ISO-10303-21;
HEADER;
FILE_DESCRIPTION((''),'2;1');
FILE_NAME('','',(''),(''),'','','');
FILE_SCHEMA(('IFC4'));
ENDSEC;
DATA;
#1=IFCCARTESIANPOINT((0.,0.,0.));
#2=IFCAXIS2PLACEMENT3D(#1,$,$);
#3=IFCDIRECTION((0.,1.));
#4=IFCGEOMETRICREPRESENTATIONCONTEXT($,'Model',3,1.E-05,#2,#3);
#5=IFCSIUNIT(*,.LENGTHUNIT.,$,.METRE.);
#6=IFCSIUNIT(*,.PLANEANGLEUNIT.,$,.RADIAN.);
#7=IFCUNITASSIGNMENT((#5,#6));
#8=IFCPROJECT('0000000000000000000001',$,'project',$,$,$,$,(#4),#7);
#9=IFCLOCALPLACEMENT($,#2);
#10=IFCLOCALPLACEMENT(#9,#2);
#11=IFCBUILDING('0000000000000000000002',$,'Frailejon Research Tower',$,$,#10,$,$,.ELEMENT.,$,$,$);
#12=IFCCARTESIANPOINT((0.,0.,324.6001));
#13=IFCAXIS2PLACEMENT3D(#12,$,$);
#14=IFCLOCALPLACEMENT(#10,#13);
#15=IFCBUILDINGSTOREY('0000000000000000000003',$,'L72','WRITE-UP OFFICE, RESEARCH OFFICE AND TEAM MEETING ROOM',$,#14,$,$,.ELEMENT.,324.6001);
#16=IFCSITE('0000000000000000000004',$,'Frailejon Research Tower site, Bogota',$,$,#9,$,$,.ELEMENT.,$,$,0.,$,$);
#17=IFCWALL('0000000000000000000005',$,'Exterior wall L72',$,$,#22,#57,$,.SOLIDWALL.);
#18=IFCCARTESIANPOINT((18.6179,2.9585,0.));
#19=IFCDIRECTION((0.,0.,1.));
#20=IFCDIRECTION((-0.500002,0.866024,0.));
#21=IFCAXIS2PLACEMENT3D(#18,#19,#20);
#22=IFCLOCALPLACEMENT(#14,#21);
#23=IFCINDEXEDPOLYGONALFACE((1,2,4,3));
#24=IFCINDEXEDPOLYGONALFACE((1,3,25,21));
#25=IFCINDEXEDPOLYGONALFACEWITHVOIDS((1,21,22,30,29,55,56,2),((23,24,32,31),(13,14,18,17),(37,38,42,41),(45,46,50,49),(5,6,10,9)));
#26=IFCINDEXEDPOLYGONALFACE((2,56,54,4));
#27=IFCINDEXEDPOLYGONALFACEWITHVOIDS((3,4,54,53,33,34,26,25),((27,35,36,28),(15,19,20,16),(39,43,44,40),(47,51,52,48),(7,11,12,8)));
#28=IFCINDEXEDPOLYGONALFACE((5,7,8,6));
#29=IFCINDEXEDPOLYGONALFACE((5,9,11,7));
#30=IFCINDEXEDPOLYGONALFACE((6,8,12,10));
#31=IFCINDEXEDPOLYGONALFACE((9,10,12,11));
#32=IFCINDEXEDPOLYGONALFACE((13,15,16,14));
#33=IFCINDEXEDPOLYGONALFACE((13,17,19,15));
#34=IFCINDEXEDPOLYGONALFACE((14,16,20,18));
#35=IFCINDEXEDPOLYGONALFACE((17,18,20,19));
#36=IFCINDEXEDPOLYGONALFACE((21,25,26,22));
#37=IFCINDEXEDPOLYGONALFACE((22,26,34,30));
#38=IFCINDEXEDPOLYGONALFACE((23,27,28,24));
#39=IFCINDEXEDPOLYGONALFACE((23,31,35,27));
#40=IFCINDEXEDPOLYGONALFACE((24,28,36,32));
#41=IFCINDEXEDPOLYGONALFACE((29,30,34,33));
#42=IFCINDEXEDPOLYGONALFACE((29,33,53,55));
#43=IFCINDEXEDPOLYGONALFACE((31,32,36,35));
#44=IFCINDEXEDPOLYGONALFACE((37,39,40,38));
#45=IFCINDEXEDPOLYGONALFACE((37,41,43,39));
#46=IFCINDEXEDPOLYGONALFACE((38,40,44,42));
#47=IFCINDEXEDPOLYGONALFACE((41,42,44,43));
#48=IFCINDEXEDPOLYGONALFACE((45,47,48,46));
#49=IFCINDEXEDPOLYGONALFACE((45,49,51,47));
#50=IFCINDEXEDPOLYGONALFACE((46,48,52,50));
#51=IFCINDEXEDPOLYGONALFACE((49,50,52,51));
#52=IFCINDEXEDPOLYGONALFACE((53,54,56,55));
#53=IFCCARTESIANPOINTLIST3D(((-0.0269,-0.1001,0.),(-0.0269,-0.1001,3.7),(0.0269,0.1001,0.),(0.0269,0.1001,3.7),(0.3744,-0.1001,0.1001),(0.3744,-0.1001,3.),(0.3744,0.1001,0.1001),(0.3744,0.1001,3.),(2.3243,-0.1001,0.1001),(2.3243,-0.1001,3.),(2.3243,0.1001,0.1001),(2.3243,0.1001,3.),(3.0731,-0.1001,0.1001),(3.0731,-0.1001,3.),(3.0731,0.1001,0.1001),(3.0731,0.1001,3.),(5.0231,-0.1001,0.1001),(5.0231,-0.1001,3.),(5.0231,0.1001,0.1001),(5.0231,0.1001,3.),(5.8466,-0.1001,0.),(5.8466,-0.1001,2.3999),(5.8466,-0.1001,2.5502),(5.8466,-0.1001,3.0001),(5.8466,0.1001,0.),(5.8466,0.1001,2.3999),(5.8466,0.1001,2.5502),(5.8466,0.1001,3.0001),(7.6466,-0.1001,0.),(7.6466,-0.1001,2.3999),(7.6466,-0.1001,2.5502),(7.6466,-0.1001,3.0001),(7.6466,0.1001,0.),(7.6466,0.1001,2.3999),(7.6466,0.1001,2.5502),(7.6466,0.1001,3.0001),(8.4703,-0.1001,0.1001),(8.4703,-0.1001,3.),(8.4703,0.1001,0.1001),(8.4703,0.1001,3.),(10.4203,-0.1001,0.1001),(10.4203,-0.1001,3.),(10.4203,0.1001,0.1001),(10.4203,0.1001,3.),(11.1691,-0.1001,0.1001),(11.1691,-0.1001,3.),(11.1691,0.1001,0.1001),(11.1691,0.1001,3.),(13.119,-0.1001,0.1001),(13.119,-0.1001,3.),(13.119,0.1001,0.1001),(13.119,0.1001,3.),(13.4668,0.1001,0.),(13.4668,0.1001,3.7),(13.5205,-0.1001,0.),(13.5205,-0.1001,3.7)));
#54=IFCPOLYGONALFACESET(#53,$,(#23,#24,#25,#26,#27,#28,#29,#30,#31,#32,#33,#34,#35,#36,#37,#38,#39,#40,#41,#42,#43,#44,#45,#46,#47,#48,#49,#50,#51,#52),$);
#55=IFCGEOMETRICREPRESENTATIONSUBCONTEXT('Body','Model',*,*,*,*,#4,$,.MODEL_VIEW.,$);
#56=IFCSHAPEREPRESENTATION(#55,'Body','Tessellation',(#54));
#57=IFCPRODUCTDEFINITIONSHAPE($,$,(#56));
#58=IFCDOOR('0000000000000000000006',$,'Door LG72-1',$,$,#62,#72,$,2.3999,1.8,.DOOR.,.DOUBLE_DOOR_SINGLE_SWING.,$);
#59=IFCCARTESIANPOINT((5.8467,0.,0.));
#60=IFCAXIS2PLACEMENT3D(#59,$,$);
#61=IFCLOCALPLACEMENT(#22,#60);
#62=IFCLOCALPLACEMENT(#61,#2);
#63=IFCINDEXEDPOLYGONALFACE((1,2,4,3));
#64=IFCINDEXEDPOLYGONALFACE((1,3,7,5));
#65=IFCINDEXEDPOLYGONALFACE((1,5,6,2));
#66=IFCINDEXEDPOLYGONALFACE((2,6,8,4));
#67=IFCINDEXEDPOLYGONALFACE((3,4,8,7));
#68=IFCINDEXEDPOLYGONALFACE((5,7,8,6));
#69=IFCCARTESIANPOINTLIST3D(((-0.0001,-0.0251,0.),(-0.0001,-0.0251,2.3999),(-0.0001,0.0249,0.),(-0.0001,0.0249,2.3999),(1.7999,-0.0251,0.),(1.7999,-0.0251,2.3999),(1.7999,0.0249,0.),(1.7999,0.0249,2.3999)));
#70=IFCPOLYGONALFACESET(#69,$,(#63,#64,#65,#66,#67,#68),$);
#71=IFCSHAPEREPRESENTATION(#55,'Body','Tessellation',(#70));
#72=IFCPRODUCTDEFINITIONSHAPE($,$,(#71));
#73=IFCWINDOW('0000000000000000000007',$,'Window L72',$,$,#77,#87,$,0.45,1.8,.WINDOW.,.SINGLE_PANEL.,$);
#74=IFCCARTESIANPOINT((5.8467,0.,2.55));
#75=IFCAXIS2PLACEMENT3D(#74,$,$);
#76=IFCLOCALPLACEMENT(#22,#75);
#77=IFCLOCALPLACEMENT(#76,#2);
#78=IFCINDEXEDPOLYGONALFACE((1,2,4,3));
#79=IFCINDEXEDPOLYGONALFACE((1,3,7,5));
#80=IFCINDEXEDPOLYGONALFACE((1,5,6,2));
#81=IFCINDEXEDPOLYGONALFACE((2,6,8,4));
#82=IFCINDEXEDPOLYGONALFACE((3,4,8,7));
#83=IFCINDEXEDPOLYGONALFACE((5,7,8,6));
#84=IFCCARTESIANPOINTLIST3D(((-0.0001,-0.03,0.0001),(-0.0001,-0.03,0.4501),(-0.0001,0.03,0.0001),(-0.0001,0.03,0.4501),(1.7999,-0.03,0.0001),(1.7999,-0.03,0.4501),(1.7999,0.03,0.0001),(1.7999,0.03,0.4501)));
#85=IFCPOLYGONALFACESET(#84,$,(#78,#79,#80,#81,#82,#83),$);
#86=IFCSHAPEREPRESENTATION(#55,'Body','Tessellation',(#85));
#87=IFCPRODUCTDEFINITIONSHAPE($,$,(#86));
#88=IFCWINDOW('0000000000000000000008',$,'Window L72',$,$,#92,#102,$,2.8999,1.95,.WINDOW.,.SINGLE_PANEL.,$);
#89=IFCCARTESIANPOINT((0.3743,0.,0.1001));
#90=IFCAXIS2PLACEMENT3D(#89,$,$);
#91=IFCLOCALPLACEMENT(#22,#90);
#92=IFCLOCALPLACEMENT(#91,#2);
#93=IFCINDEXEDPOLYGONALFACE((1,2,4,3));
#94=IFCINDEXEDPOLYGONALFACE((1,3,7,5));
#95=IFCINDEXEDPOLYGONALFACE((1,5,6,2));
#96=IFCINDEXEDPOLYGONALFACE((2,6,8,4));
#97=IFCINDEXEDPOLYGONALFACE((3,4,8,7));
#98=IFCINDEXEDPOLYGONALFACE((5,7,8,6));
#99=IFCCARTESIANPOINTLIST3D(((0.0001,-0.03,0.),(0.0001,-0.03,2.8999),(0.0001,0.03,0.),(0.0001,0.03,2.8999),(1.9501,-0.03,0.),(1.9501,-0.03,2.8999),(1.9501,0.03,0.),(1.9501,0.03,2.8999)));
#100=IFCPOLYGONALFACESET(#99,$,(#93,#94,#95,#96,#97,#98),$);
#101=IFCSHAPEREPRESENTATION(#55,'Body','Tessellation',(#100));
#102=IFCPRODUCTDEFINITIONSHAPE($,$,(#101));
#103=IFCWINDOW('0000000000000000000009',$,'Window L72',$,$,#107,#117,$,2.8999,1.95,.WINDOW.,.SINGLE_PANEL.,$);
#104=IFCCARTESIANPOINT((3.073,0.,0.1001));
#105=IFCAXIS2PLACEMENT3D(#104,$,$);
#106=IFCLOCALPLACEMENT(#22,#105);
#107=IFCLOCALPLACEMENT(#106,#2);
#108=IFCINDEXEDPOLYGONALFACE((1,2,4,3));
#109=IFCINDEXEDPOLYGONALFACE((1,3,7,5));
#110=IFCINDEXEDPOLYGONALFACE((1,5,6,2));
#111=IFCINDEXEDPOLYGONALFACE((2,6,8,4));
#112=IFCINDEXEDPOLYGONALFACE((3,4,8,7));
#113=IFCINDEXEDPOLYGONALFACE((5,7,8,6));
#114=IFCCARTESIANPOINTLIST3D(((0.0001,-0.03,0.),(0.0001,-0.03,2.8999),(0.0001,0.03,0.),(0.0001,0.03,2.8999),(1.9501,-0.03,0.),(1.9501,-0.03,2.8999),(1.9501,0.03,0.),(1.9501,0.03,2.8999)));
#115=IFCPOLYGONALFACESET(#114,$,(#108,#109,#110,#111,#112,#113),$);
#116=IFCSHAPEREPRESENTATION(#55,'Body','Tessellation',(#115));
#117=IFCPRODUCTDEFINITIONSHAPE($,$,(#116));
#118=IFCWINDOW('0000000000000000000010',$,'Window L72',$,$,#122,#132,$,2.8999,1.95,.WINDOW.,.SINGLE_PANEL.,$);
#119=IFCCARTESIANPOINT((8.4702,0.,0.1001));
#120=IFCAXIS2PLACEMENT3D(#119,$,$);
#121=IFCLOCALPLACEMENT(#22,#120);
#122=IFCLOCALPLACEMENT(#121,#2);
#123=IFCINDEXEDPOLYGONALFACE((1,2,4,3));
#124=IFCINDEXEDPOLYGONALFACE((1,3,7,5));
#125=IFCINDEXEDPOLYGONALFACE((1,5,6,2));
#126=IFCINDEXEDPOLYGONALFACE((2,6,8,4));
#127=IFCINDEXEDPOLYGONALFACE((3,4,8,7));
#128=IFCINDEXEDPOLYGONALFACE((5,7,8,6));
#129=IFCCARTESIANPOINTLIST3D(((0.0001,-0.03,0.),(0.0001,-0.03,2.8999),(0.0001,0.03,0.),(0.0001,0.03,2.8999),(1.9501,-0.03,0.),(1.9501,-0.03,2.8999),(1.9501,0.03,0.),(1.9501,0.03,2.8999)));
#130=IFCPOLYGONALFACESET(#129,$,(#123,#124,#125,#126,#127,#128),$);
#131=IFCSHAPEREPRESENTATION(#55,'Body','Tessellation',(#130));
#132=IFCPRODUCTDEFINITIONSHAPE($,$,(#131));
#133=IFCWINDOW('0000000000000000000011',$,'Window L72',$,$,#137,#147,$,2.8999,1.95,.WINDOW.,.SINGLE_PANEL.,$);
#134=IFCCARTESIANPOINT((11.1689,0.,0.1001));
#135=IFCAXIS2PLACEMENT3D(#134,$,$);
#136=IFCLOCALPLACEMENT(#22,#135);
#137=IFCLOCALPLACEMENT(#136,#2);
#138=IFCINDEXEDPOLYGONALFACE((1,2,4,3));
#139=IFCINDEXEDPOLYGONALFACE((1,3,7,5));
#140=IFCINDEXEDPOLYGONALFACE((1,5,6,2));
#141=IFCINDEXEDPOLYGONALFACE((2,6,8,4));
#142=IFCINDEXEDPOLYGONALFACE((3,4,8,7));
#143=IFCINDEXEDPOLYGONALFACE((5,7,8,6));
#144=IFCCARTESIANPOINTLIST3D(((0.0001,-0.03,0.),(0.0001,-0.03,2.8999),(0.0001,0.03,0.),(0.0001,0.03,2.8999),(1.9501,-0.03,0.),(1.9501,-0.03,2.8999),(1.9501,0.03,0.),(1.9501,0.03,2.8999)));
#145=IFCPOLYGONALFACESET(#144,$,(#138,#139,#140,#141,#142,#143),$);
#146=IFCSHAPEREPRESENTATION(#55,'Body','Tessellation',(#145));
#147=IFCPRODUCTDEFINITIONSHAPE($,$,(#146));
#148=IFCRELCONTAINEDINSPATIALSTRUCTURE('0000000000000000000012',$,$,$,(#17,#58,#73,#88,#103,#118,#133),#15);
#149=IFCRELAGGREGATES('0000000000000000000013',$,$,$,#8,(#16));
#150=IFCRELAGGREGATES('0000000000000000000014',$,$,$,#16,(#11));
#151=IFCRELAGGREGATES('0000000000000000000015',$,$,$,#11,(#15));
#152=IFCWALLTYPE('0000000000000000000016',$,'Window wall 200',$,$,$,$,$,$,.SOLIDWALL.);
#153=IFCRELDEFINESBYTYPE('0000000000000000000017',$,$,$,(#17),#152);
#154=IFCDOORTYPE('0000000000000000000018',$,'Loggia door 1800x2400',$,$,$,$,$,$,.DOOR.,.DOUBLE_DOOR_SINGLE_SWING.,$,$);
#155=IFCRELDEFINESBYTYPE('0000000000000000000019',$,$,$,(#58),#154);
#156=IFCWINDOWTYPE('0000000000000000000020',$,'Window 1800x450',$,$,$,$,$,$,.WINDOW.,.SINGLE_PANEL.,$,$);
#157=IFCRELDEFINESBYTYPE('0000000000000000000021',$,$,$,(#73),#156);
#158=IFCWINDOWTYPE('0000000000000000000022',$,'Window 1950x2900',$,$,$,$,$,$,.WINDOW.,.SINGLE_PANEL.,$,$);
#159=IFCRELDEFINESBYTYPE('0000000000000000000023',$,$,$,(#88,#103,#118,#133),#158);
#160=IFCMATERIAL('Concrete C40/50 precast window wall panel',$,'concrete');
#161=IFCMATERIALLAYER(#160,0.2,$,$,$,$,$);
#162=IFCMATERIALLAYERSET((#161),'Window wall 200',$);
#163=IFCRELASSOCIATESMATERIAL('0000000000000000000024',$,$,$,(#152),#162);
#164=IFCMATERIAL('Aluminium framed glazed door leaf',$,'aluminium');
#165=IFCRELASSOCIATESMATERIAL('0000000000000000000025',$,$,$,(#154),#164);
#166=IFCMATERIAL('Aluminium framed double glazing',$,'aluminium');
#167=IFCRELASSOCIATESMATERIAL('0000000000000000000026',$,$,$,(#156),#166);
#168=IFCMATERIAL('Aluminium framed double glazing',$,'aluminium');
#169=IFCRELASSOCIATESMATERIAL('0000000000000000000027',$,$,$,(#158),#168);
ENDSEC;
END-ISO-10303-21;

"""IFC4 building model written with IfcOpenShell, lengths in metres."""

from ifc_helpers import new_model, si_unit, direction, frame, frame_2d, origin, place, context, subcontext, project, spatial, polyline, rectangle, outline, extrude, material, layer, layer_set, type_object, element, fill, save


model = new_model("IFC4")

# Units and contexts
model_context = context("Model", 3, precision=1e-05, world=origin(), true_north=direction((0.0, 1.0)))
body_context = subcontext(model_context, "Body", "Model", "MODEL_VIEW")
ifc_project = project(units=[si_unit("LENGTHUNIT", "METRE"), si_unit("PLANEANGLEUNIT", "RADIAN")], contexts=[model_context])

# Site, building, storey
site_placement = place(None, origin())
site = spatial("IfcSite", under=ifc_project, at=site_placement, Name="Frailejon Research Tower site, Bogota", CompositionType="ELEMENT", RefElevation=0.0)
building_placement = place(site_placement, origin())
building = spatial("IfcBuilding", under=site, at=building_placement, Name="Frailejon Research Tower", CompositionType="ELEMENT")
storey_placement = place(building_placement, frame((0.0, 0.0, 324.6001)))
storey = spatial("IfcBuildingStorey", under=building, at=storey_placement, Name="L72", Description="WRITE-UP OFFICE, RESEARCH OFFICE AND TEAM MEETING ROOM", CompositionType="ELEMENT", Elevation=324.6001)

# Wall, openings, door, windows
ifc_material_1 = material(Name="Concrete C40/50 precast window wall panel", Category="concrete")
ifc_layer_1 = layer(ifc_material_1, 0.2)
ifc_layer_set_1 = layer_set([ifc_layer_1], Name="Window wall 200")
wall_type_1 = type_object("IfcWallType", Name="Window wall 200", PredefinedType="SOLIDWALL", material=ifc_layer_set_1)
wall_1_placement = place(storey_placement, frame((18.6179, 2.9585, 0.0), z_axis=(0.0, 0.0, 1.0), x_axis=(-0.500002, 0.866024, 0.0)))
wall_1 = element("IfcWall", 1, at=wall_1_placement, inside=storey, type_object=wall_type_1, Name="Exterior wall L72", PredefinedType="SOLIDWALL", context=body_context, shape_type="SweptSolid", body=[
    extrude(outline(polyline([(-0.0269, -0.1001), (1.0151, -0.1001), (2.0574, -0.1001), (3.0994, -0.1001), (4.1416, -0.1001), (5.1836, -0.1001), (6.2258, -0.1001), (7.2678, -0.1001), (8.3101, -0.1001), (9.3521, -0.1001), (10.3943, -0.1001), (11.4363, -0.1001), (12.4785, -0.1001), (13.5205, -0.1001), (13.4668, 0.1001), (12.4329, 0.1001), (11.3992, 0.1001), (10.3652, 0.1001), (9.3315, 0.1001), (8.2976, 0.1001), (7.2637, 0.1001), (6.23, 0.1001), (5.196, 0.1001), (4.1621, 0.1001), (3.1284, 0.1001), (2.0945, 0.1001), (1.0608, 0.1001), (0.0269, 0.1001), (-0.0269, -0.1001)])), origin(), (0.0, 0.0, 1.0), 3.7),
])
opening_1_placement = place(wall_1_placement, frame((0.3743, 0.0, 0.1001)))
opening_1 = element("IfcOpeningElement", 2, at=opening_1_placement, cuts=wall_1, PredefinedType="OPENING", context=body_context, shape_type="SweptSolid", body=[
    extrude(rectangle(XDim=1.95, YDim=2.8999, at=frame_2d((0.9751, 1.45))), frame((0.0, 0.1099, 0.0), z_axis=(0.0, -1.0, 0.0), x_axis=(1.0, 0.0, 0.0)), (0.0, 0.0, 1.0), 0.22),
])
opening_2_placement = place(wall_1_placement, frame((3.073, 0.0, 0.1001)))
opening_2 = element("IfcOpeningElement", 3, at=opening_2_placement, cuts=wall_1, PredefinedType="OPENING", context=body_context, shape_type="SweptSolid", body=[
    extrude(rectangle(XDim=1.95, YDim=2.8999, at=frame_2d((0.9751, 1.45))), frame((0.0, 0.1099, 0.0), z_axis=(0.0, -1.0, 0.0), x_axis=(1.0, 0.0, 0.0)), (0.0, 0.0, 1.0), 0.22),
])
opening_3_placement = place(wall_1_placement, frame((5.8467, 0.0, 0.0)))
opening_3 = element("IfcOpeningElement", 4, at=opening_3_placement, cuts=wall_1, PredefinedType="OPENING", context=body_context, shape_type="SweptSolid", body=[
    extrude(rectangle(XDim=1.8, YDim=2.3999, at=frame_2d((0.8999, 1.2))), frame((0.0, 0.1099, 0.0), z_axis=(0.0, -1.0, 0.0), x_axis=(1.0, 0.0, 0.0)), (0.0, 0.0, 1.0), 0.22),
])
opening_4_placement = place(wall_1_placement, frame((5.8467, 0.0, 2.55)))
opening_4 = element("IfcOpeningElement", 5, at=opening_4_placement, cuts=wall_1, PredefinedType="OPENING", context=body_context, shape_type="SweptSolid", body=[
    extrude(rectangle(XDim=1.8, YDim=0.45, at=frame_2d((0.8999, 0.2251))), frame((0.0, 0.1099, 0.0), z_axis=(0.0, -1.0, 0.0), x_axis=(1.0, 0.0, 0.0)), (0.0, 0.0, 1.0), 0.22),
])
opening_5_placement = place(wall_1_placement, frame((8.4702, 0.0, 0.1001)))
opening_5 = element("IfcOpeningElement", 6, at=opening_5_placement, cuts=wall_1, PredefinedType="OPENING", context=body_context, shape_type="SweptSolid", body=[
    extrude(rectangle(XDim=1.95, YDim=2.8999, at=frame_2d((0.9751, 1.45))), frame((0.0, 0.1099, 0.0), z_axis=(0.0, -1.0, 0.0), x_axis=(1.0, 0.0, 0.0)), (0.0, 0.0, 1.0), 0.22),
])
opening_6_placement = place(wall_1_placement, frame((11.1689, 0.0, 0.1001)))
opening_6 = element("IfcOpeningElement", 7, at=opening_6_placement, cuts=wall_1, PredefinedType="OPENING", context=body_context, shape_type="SweptSolid", body=[
    extrude(rectangle(XDim=1.95, YDim=2.8999, at=frame_2d((0.9751, 1.45))), frame((0.0, 0.1099, 0.0), z_axis=(0.0, -1.0, 0.0), x_axis=(1.0, 0.0, 0.0)), (0.0, 0.0, 1.0), 0.22),
])
ifc_material_2 = material(Name="Aluminium framed glazed door leaf", Category="aluminium")
door_type = type_object("IfcDoorType", Name="Loggia door 1800x2400", OperationType="DOUBLE_DOOR_SINGLE_SWING", PredefinedType="DOOR", material=ifc_material_2)
door_placement = place(opening_3_placement, origin())
door = element("IfcDoor", 8, at=door_placement, inside=storey, type_object=door_type, Name="Door LG72-1", OperationType="DOUBLE_DOOR_SINGLE_SWING", OverallHeight=2.3999, OverallWidth=1.8, PredefinedType="DOOR", context=body_context, shape_type="SweptSolid", body=[
    extrude(rectangle(XDim=1.8, YDim=2.3999, at=frame_2d((0.8999, 1.2))), frame((0.0, 0.0249, 0.0), z_axis=(0.0, -1.0, 0.0), x_axis=(1.0, 0.0, 0.0)), (0.0, 0.0, 1.0), 0.05),
])
fill(opening_3, door)
ifc_material_3 = material(Name="Aluminium framed double glazing", Category="aluminium")
window_type_1 = type_object("IfcWindowType", Name="Window 1800x450", PartitioningType="SINGLE_PANEL", PredefinedType="WINDOW", material=ifc_material_3)
window_1_placement = place(opening_4_placement, origin())
window_1 = element("IfcWindow", 9, at=window_1_placement, inside=storey, type_object=window_type_1, Name="Window L72", OverallHeight=0.45, OverallWidth=1.8, PartitioningType="SINGLE_PANEL", PredefinedType="WINDOW", context=body_context, shape_type="SweptSolid", body=[
    extrude(rectangle(XDim=1.8, YDim=0.45, at=frame_2d((0.8999, 0.2251))), frame((0.0, 0.03, 0.0), z_axis=(0.0, -1.0, 0.0), x_axis=(1.0, 0.0, 0.0)), (0.0, 0.0, 1.0), 0.0601),
])
fill(opening_4, window_1)
ifc_material_4 = material(Name="Aluminium framed double glazing", Category="aluminium")
window_type_2 = type_object("IfcWindowType", Name="Window 1950x2900", PartitioningType="SINGLE_PANEL", PredefinedType="WINDOW", material=ifc_material_4)
window_2_placement = place(opening_1_placement, origin())
window_2 = element("IfcWindow", 10, at=window_2_placement, inside=storey, type_object=window_type_2, Name="Window L72", OverallHeight=2.8999, OverallWidth=1.95, PartitioningType="SINGLE_PANEL", PredefinedType="WINDOW", context=body_context, shape_type="SweptSolid", body=[
    extrude(rectangle(XDim=1.95, YDim=2.8999, at=frame_2d((0.9751, 1.45))), frame((0.0, 0.03, 0.0), z_axis=(0.0, -1.0, 0.0), x_axis=(1.0, 0.0, 0.0)), (0.0, 0.0, 1.0), 0.0601),
])
fill(opening_1, window_2)
window_3_placement = place(opening_2_placement, origin())
window_3 = element("IfcWindow", 11, at=window_3_placement, inside=storey, type_object=window_type_2, Name="Window L72", OverallHeight=2.8999, OverallWidth=1.95, PartitioningType="SINGLE_PANEL", PredefinedType="WINDOW", context=body_context, shape_type="SweptSolid", body=[
    extrude(rectangle(XDim=1.95, YDim=2.8999, at=frame_2d((0.9751, 1.45))), frame((0.0, 0.03, 0.0), z_axis=(0.0, -1.0, 0.0), x_axis=(1.0, 0.0, 0.0)), (0.0, 0.0, 1.0), 0.0601),
])
fill(opening_2, window_3)
window_4_placement = place(opening_5_placement, origin())
window_4 = element("IfcWindow", 12, at=window_4_placement, inside=storey, type_object=window_type_2, Name="Window L72", OverallHeight=2.8999, OverallWidth=1.95, PartitioningType="SINGLE_PANEL", PredefinedType="WINDOW", context=body_context, shape_type="SweptSolid", body=[
    extrude(rectangle(XDim=1.95, YDim=2.8999, at=frame_2d((0.9751, 1.45))), frame((0.0, 0.03, 0.0), z_axis=(0.0, -1.0, 0.0), x_axis=(1.0, 0.0, 0.0)), (0.0, 0.0, 1.0), 0.0601),
])
fill(opening_5, window_4)
window_5_placement = place(opening_6_placement, origin())
window_5 = element("IfcWindow", 13, at=window_5_placement, inside=storey, type_object=window_type_2, Name="Window L72", OverallHeight=2.8999, OverallWidth=1.95, PartitioningType="SINGLE_PANEL", PredefinedType="WINDOW", context=body_context, shape_type="SweptSolid", body=[
    extrude(rectangle(XDim=1.95, YDim=2.8999, at=frame_2d((0.9751, 1.45))), frame((0.0, 0.03, 0.0), z_axis=(0.0, -1.0, 0.0), x_axis=(1.0, 0.0, 0.0)), (0.0, 0.0, 1.0), 0.0601),
])
fill(opening_6, window_5)

save(model, "model.ifc")
